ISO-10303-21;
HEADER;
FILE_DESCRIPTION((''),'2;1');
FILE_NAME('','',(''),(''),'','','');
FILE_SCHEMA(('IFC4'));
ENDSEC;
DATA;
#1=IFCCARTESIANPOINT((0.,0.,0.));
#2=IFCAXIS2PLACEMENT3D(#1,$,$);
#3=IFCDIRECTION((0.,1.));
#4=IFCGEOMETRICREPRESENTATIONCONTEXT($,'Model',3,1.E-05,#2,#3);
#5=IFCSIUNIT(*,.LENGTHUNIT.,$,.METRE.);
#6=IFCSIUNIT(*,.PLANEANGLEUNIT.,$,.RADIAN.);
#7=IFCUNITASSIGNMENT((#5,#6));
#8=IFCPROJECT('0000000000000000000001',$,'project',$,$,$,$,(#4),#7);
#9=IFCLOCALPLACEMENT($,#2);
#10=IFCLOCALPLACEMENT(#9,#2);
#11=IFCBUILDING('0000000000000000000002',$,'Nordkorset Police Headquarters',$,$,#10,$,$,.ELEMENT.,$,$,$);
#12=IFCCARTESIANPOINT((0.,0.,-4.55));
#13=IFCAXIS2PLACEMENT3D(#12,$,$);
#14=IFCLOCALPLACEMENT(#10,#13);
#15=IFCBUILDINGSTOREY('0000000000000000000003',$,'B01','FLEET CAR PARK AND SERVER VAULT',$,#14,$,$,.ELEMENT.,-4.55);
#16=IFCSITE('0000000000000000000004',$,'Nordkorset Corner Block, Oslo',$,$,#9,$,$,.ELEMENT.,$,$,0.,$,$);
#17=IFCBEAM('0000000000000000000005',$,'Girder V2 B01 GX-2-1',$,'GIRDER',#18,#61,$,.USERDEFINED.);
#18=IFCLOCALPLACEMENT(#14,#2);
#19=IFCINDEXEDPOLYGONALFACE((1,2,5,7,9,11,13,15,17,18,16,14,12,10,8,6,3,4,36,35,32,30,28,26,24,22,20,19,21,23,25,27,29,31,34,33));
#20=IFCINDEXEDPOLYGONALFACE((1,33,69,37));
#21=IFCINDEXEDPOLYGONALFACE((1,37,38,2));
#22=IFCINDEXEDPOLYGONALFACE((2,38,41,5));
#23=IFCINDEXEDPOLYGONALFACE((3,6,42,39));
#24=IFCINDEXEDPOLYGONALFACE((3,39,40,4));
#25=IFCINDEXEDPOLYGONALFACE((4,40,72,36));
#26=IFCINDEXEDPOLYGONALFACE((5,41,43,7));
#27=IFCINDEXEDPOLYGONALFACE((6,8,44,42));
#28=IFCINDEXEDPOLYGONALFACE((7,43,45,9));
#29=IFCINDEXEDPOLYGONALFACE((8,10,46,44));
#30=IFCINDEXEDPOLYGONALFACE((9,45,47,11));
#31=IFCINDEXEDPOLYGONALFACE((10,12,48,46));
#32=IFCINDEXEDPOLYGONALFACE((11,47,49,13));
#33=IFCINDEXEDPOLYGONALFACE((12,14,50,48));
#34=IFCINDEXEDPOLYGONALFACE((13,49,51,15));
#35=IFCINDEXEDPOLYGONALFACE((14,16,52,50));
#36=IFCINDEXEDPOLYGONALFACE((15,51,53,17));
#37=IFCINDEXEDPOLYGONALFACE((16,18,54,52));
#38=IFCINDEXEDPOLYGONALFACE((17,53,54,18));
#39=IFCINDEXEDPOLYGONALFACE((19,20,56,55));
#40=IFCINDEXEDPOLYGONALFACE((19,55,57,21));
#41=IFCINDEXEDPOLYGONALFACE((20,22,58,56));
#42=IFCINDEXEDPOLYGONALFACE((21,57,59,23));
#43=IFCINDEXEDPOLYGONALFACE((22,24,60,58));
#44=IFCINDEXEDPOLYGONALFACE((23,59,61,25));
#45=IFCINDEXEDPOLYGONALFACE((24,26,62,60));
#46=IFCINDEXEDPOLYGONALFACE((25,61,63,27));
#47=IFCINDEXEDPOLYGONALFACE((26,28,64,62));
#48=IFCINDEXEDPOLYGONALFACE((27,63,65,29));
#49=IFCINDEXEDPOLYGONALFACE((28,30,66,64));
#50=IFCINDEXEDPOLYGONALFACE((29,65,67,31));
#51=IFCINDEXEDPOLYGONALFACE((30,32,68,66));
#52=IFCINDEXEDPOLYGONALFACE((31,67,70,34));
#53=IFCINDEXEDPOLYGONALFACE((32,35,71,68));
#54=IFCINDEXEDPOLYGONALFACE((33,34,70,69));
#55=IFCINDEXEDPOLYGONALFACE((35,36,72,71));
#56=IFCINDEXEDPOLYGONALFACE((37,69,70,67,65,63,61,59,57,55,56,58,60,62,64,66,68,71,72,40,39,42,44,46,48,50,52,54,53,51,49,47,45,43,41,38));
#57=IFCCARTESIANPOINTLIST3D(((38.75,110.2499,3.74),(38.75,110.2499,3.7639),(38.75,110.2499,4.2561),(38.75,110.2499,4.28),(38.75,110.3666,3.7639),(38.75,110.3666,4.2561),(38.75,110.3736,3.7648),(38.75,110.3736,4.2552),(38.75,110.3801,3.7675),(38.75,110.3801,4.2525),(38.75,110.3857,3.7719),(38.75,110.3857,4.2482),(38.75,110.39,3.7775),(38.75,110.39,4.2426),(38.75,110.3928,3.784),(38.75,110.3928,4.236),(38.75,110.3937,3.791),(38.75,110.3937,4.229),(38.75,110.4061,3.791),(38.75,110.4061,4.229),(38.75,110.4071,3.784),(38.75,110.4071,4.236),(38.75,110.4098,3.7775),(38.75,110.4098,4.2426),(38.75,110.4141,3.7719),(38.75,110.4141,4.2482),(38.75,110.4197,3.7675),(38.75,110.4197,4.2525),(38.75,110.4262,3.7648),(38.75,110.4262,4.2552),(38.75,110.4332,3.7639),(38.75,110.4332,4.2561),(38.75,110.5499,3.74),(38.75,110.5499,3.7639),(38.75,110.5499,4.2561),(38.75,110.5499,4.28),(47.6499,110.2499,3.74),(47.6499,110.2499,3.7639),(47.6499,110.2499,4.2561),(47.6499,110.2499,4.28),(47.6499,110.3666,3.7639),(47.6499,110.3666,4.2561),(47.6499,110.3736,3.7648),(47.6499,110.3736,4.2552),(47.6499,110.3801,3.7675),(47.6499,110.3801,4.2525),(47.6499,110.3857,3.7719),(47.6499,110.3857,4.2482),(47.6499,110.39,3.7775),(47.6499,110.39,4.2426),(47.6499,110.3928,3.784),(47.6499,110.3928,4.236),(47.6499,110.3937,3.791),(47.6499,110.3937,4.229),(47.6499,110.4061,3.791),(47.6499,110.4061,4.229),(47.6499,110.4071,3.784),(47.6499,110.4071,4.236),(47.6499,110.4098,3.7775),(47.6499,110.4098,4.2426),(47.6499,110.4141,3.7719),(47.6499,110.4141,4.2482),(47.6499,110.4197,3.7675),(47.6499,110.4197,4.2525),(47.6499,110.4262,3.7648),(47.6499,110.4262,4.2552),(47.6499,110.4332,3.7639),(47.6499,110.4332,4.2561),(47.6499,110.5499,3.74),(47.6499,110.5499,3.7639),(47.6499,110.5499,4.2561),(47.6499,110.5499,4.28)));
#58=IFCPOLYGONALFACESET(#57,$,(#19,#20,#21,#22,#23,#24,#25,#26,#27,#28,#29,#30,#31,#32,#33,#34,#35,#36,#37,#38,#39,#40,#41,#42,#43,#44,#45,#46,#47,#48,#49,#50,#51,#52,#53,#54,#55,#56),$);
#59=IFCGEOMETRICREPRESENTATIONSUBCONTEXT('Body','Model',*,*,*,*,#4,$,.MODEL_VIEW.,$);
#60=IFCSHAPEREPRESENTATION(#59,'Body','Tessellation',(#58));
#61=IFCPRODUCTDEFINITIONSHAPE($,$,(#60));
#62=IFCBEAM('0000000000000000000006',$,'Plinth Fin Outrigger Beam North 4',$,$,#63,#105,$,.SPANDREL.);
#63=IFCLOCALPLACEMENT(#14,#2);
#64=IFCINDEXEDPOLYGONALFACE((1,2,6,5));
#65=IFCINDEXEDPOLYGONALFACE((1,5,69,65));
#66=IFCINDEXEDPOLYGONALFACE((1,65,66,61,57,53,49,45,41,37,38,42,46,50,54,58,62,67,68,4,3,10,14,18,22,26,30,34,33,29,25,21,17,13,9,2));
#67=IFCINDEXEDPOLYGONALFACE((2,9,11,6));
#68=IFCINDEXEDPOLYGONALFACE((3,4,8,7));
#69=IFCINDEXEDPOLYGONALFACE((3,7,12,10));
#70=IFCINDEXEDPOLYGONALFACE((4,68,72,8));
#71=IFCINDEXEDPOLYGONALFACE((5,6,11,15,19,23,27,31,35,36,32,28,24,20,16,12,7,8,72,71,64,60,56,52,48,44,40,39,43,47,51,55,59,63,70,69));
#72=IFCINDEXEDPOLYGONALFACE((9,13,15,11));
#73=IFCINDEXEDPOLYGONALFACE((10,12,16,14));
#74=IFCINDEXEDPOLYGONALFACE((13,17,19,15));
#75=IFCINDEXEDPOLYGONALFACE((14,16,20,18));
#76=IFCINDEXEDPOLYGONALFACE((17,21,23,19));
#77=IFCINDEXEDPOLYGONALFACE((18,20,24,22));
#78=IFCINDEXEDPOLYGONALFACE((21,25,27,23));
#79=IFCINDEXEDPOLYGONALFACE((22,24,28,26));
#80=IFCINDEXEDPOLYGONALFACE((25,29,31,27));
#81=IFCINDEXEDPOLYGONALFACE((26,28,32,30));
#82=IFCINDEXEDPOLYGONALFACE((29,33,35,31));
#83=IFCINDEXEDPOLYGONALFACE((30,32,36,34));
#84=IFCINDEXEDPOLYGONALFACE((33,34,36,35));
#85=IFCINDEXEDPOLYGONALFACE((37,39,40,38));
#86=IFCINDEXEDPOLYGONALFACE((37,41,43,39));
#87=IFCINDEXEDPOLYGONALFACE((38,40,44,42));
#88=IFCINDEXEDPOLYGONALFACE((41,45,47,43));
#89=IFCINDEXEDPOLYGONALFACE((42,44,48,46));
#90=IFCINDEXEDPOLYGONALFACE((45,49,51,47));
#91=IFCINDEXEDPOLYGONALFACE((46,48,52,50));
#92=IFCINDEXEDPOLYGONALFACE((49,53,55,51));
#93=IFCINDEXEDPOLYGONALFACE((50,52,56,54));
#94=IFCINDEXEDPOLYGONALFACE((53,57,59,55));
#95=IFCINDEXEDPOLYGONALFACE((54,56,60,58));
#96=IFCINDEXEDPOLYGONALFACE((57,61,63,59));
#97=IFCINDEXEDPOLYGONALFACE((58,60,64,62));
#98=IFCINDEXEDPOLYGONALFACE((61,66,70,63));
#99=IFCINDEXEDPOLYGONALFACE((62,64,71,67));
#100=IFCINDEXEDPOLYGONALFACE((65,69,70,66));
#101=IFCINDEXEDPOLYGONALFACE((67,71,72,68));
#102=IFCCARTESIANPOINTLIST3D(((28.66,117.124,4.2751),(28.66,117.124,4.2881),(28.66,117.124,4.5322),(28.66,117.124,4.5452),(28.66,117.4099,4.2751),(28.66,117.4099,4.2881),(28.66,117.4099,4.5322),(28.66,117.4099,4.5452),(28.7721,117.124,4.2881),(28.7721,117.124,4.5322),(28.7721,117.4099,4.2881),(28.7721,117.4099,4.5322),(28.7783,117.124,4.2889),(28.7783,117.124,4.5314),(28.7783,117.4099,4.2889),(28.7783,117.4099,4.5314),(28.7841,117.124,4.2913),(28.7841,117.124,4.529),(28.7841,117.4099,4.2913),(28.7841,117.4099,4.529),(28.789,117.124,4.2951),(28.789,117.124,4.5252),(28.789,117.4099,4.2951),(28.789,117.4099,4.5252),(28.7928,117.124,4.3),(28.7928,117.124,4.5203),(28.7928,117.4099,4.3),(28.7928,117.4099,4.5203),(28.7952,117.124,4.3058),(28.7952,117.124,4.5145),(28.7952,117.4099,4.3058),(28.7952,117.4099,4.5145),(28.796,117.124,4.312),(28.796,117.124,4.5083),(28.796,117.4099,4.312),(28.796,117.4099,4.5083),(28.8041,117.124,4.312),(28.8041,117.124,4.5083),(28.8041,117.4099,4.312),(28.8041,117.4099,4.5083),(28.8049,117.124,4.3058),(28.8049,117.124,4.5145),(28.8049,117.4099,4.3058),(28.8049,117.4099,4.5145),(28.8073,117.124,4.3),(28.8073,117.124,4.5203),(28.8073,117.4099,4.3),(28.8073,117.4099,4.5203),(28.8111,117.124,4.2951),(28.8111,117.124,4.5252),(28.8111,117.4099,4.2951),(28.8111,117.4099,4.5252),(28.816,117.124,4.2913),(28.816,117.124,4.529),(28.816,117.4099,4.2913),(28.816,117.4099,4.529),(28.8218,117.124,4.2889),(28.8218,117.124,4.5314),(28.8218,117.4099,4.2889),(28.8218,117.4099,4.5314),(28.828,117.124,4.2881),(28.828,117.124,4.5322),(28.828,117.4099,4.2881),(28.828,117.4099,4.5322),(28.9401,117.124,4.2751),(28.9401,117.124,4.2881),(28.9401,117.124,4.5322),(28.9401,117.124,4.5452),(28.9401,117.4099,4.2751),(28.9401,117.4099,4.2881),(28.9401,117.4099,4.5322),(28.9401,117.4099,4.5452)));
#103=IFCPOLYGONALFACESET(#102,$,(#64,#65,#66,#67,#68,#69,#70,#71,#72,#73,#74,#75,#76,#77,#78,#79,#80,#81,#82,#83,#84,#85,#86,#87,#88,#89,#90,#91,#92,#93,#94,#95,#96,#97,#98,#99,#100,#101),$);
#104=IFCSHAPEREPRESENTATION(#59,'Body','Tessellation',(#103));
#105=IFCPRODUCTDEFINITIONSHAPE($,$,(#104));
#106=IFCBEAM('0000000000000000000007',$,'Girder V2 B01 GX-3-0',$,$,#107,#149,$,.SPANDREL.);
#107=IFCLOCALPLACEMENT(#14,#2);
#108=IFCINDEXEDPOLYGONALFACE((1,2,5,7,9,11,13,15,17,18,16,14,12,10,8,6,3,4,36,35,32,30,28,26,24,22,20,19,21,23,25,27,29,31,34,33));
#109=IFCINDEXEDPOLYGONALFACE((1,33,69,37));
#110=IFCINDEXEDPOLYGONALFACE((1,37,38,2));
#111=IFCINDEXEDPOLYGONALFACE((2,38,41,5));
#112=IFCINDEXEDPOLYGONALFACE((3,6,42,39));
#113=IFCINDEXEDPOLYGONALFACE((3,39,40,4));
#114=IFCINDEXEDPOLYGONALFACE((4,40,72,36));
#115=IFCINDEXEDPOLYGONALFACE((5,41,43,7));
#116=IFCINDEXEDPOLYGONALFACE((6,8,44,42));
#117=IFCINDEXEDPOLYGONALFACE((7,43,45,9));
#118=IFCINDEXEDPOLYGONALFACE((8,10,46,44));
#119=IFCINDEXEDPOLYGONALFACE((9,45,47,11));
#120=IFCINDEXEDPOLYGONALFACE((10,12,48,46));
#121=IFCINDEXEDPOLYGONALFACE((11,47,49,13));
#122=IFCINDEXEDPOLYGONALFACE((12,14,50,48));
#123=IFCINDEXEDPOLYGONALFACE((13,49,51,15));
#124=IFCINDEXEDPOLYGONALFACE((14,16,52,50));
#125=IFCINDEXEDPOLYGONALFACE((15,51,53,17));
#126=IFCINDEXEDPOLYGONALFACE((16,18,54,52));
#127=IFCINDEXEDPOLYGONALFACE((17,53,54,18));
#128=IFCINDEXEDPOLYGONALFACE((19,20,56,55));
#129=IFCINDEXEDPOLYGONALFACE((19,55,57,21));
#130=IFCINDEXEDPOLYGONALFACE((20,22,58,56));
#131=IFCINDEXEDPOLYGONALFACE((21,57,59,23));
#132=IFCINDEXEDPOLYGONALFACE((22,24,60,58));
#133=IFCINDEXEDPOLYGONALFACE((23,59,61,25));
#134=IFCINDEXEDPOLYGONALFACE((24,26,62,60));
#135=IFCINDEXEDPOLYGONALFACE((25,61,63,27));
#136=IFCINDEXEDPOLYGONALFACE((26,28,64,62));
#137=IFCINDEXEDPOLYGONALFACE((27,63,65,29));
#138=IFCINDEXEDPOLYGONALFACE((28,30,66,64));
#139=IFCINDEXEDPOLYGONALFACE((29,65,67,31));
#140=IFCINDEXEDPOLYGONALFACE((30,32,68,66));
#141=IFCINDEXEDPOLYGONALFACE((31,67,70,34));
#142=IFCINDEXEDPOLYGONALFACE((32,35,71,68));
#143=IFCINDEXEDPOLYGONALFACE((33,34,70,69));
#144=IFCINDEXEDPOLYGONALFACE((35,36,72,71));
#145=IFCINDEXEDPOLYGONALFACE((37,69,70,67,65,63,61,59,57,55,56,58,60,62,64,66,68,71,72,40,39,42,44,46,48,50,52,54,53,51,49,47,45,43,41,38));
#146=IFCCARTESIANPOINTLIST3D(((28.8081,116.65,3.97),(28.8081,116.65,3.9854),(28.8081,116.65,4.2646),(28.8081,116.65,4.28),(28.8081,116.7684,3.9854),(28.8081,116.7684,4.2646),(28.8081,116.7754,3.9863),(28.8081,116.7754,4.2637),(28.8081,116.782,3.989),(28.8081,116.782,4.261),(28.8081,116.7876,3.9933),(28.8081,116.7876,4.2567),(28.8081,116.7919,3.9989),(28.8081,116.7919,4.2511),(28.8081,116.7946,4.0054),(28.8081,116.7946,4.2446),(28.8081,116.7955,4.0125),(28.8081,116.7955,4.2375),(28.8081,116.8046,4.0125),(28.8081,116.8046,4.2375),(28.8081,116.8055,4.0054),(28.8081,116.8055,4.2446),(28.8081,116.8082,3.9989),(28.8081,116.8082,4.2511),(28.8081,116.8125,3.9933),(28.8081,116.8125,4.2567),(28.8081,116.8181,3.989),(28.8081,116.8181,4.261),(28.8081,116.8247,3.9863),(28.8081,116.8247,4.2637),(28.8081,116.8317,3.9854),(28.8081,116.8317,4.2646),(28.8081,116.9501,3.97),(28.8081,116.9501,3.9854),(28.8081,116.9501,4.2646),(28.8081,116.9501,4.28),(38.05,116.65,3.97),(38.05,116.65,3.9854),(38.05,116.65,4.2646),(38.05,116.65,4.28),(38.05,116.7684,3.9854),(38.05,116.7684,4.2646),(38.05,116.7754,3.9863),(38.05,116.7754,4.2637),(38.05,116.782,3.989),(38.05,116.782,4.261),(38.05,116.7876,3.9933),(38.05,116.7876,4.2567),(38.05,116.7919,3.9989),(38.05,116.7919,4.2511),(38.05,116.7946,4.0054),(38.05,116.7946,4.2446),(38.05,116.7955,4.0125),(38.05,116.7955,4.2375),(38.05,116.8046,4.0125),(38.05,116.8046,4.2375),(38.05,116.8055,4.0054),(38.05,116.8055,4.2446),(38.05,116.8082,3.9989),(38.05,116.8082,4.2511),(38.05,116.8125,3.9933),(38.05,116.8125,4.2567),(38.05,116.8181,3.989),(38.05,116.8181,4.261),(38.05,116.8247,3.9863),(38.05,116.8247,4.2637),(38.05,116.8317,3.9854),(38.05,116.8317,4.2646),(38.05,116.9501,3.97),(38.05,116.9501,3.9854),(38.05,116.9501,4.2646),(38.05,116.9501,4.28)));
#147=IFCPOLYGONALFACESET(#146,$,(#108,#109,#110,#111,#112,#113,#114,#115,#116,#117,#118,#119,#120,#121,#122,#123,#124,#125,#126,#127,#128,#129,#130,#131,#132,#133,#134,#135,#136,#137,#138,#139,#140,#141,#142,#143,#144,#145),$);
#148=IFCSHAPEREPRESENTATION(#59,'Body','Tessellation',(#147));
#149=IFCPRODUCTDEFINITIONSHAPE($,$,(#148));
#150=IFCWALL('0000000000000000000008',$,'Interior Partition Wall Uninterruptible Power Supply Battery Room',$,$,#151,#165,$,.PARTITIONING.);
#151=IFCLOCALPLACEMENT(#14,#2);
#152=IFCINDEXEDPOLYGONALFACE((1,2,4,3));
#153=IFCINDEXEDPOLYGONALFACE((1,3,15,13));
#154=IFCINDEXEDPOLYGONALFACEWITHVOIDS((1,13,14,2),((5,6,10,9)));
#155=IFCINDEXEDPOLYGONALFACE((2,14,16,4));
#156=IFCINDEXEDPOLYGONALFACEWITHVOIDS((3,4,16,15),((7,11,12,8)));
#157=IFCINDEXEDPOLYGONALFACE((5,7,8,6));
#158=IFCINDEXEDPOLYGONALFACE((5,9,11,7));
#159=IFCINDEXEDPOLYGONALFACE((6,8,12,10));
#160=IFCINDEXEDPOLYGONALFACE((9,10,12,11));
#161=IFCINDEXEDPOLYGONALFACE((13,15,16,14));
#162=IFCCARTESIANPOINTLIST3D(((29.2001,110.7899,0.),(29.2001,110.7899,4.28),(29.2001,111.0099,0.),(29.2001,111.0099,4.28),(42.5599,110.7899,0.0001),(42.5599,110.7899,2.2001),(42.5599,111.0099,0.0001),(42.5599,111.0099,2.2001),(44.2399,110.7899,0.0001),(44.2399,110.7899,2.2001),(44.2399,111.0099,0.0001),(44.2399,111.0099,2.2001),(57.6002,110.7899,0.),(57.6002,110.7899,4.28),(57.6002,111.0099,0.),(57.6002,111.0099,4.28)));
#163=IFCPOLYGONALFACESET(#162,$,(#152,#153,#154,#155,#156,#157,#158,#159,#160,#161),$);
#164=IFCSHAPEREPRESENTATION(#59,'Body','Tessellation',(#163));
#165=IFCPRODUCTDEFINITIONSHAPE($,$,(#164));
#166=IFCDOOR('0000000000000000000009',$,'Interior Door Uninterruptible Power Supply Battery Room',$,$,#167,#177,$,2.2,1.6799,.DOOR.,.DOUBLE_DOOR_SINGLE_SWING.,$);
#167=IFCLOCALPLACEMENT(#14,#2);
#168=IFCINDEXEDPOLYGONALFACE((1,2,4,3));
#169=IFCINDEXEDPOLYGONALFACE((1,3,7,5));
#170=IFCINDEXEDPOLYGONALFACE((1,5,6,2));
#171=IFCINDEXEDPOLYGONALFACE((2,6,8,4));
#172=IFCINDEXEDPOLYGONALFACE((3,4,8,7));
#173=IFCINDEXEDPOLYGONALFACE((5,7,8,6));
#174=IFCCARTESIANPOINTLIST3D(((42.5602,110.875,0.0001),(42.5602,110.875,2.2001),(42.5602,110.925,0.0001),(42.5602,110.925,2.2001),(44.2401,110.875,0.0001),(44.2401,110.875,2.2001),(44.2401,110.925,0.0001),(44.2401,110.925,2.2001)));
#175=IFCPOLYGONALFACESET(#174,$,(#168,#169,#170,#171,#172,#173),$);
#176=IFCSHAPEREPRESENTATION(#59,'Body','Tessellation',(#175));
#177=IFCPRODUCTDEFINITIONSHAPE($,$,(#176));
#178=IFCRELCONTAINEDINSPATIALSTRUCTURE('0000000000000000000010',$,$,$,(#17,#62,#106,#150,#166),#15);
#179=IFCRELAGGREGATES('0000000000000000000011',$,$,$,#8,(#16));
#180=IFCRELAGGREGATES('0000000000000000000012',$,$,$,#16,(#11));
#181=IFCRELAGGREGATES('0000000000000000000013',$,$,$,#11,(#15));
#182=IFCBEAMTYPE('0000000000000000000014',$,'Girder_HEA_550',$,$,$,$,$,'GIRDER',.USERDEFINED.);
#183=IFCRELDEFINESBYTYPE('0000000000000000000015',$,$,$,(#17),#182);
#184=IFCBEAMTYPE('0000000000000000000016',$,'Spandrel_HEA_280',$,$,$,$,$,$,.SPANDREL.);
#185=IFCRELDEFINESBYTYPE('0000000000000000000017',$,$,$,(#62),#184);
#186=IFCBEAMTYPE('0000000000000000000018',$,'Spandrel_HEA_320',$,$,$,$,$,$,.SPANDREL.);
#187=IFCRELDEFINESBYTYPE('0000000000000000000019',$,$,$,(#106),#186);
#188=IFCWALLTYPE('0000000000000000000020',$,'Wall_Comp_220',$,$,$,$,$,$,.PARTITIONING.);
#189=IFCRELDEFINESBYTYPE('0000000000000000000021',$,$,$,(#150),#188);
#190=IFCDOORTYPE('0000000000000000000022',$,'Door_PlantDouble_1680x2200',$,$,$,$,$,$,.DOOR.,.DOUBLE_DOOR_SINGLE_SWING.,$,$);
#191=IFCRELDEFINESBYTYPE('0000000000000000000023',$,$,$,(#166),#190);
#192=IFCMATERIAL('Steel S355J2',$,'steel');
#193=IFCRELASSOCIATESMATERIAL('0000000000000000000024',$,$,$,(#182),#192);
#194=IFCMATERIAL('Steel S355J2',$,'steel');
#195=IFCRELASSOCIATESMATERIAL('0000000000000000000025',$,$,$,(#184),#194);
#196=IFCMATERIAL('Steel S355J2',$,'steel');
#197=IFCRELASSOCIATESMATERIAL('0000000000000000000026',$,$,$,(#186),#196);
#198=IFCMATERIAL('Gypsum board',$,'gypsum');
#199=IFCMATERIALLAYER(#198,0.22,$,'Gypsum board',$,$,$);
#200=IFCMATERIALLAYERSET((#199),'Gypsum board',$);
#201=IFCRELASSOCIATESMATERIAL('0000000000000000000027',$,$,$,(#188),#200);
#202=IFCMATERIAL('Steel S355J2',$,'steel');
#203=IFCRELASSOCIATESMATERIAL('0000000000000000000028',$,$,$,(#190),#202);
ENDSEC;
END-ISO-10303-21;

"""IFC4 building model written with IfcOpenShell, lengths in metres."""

from ifc_helpers import new_model, si_unit, direction, frame, frame_2d, origin, origin_2d, place, context, subcontext, project, spatial, rectangle, i_section, extrude, material, layer, layer_set, material_profile, profile_set, type_object, element, fill, save


model = new_model("IFC4")

# Units and contexts
model_context = context("Model", 3, precision=1e-05, world=origin(), true_north=direction((0.0, 1.0)))
body_context = subcontext(model_context, "Body", "Model", "MODEL_VIEW")
ifc_project = project(units=[si_unit("LENGTHUNIT", "METRE"), si_unit("PLANEANGLEUNIT", "RADIAN")], contexts=[model_context])

# Site, building, storey
site_placement = place(None, origin())
site = spatial("IfcSite", under=ifc_project, at=site_placement, Name="Nordkorset Corner Block, Oslo", CompositionType="ELEMENT", RefElevation=0.0)
building_placement = place(site_placement, origin())
building = spatial("IfcBuilding", under=site, at=building_placement, Name="Nordkorset Police Headquarters", CompositionType="ELEMENT")
storey_placement = place(building_placement, frame((0.0, 0.0, -4.55)))
storey = spatial("IfcBuildingStorey", under=building, at=storey_placement, Name="B01", Description="FLEET CAR PARK AND SERVER VAULT", CompositionType="ELEMENT", Elevation=-4.55)

# Beams
ifc_material_1 = material(Name="Steel S355J2", Category="steel")
ifc_material_profile_1 = material_profile(ifc_material_1, i_section(OverallWidth=0.3, OverallDepth=0.54, WebThickness=0.0125, FlangeThickness=0.0239, FilletRadius=0.0271, at=origin_2d()), Name="HEA 550")
ifc_profile_set_1 = profile_set([ifc_material_profile_1], Name="Steel S355J2")
beam_type_1 = type_object("IfcBeamType", Name="Girder_HEA_550", ElementType="GIRDER", PredefinedType="USERDEFINED", material=ifc_profile_set_1)
beam_1_placement = place(storey_placement, frame((38.75, 110.3999, 4.01), z_axis=(1.0, 0.0, 0.0), x_axis=(0.0, 1.0, 0.0)))
element("IfcBeam", 1, at=beam_1_placement, inside=storey, type_object=beam_type_1, Name="Girder V2 B01 GX-2-1", ObjectType="GIRDER", PredefinedType="USERDEFINED", context=body_context, shape_type="SweptSolid", body=[
    extrude(i_section(OverallWidth=0.3, OverallDepth=0.54, WebThickness=0.0125, FlangeThickness=0.0239, FilletRadius=0.0271, at=origin_2d()), origin(), (0.0, 0.0, 1.0), 8.8999),
])
ifc_material_2 = material(Name="Steel S355J2", Category="steel")
ifc_material_profile_2 = material_profile(ifc_material_2, i_section(OverallWidth=0.28, OverallDepth=0.27, WebThickness=0.0081, FlangeThickness=0.0129, FilletRadius=0.0239, at=origin_2d()), Name="HEA 280")
ifc_profile_set_2 = profile_set([ifc_material_profile_2], Name="Steel S355J2")
beam_type_2 = type_object("IfcBeamType", Name="Spandrel_HEA_280", PredefinedType="SPANDREL", material=ifc_profile_set_2)
beam_2_placement = place(storey_placement, frame((28.8, 117.124, 4.4102), z_axis=(0.0, 1.0, 0.0), x_axis=(-1.0, 0.0, 0.0)))
element("IfcBeam", 2, at=beam_2_placement, inside=storey, type_object=beam_type_2, Name="Plinth Fin Outrigger Beam North 4", PredefinedType="SPANDREL", context=body_context, shape_type="SweptSolid", body=[
    extrude(i_section(OverallWidth=0.28, OverallDepth=0.27, WebThickness=0.0081, FlangeThickness=0.0129, FilletRadius=0.0239, at=origin_2d()), origin(), (0.0, 0.0, 1.0), 0.2859),
])
ifc_material_3 = material(Name="Steel S355J2", Category="steel")
ifc_material_profile_3 = material_profile(ifc_material_3, i_section(OverallWidth=0.3, OverallDepth=0.3101, WebThickness=0.009, FlangeThickness=0.0154, FilletRadius=0.0271, at=origin_2d()), Name="HEA 320")
ifc_profile_set_3 = profile_set([ifc_material_profile_3], Name="Steel S355J2")
beam_type_3 = type_object("IfcBeamType", Name="Spandrel_HEA_320", PredefinedType="SPANDREL", material=ifc_profile_set_3)
beam_3_placement = place(storey_placement, frame((28.8081, 116.8, 4.125), z_axis=(1.0, 0.0, 0.0), x_axis=(0.0, 1.0, 0.0)))
element("IfcBeam", 3, at=beam_3_placement, inside=storey, type_object=beam_type_3, Name="Girder V2 B01 GX-3-0", PredefinedType="SPANDREL", context=body_context, shape_type="SweptSolid", body=[
    extrude(i_section(OverallWidth=0.3, OverallDepth=0.3101, WebThickness=0.009, FlangeThickness=0.0154, FilletRadius=0.0271, at=origin_2d()), origin(), (0.0, 0.0, 1.0), 9.2419),
])

# Wall, opening, door
ifc_material_4 = material(Name="Gypsum board", Category="gypsum")
ifc_layer = layer(ifc_material_4, 0.22, Name="Gypsum board")
ifc_layer_set = layer_set([ifc_layer], Name="Gypsum board")
wall_type = type_object("IfcWallType", Name="Wall_Comp_220", PredefinedType="PARTITIONING", material=ifc_layer_set)
wall_1_placement = place(storey_placement, frame((29.2, 110.8999, 0.0), z_axis=(0.0, 0.0, 1.0), x_axis=(1.0, 0.0, 0.0)))
wall_1 = element("IfcWall", 4, at=wall_1_placement, inside=storey, type_object=wall_type, Name="Interior Partition Wall Uninterruptible Power Supply Battery Room", PredefinedType="PARTITIONING", context=body_context, shape_type="SweptSolid", body=[
    extrude(rectangle(XDim=28.4001, YDim=0.22, at=frame_2d((14.2002, 0.0))), origin(), (0.0, 0.0, 1.0), 4.28),
])
opening_placement = place(wall_1_placement, frame((13.3601, 0.0, 0.0)))
opening = element("IfcOpeningElement", 5, at=opening_placement, cuts=wall_1, PredefinedType="OPENING", context=body_context, shape_type="SweptSolid", body=[
    extrude(rectangle(XDim=1.6799, YDim=2.2, at=frame_2d((0.8398, 1.1001))), frame((0.0, 0.1201, 0.0), z_axis=(0.0, -1.0, 0.0), x_axis=(1.0, 0.0, 0.0)), (0.0, 0.0, 1.0), 0.24),
])
ifc_material_5 = material(Name="Steel S355J2", Category="steel")
door_type = type_object("IfcDoorType", Name="Door_PlantDouble_1680x2200", OperationType="DOUBLE_DOOR_SINGLE_SWING", PredefinedType="DOOR", material=ifc_material_5)
door_placement = place(opening_placement, frame((1.6799, 0.0, 0.0), z_axis=(0.0, 0.0, 1.0), x_axis=(-1.0, 0.0, 0.0)))
door = element("IfcDoor", 6, at=door_placement, inside=storey, type_object=door_type, Name="Interior Door Uninterruptible Power Supply Battery Room", OperationType="DOUBLE_DOOR_SINGLE_SWING", OverallHeight=2.2, OverallWidth=1.6799, PredefinedType="DOOR", context=body_context, shape_type="SweptSolid", body=[
    extrude(rectangle(XDim=1.6799, YDim=2.2, at=frame_2d((0.8398, 1.1001))), frame((0.0, 0.0249, 0.0), z_axis=(0.0, -1.0, 0.0), x_axis=(1.0, 0.0, 0.0)), (0.0, 0.0, 1.0), 0.05),
])
fill(opening, door)

save(model, "model.ifc")
